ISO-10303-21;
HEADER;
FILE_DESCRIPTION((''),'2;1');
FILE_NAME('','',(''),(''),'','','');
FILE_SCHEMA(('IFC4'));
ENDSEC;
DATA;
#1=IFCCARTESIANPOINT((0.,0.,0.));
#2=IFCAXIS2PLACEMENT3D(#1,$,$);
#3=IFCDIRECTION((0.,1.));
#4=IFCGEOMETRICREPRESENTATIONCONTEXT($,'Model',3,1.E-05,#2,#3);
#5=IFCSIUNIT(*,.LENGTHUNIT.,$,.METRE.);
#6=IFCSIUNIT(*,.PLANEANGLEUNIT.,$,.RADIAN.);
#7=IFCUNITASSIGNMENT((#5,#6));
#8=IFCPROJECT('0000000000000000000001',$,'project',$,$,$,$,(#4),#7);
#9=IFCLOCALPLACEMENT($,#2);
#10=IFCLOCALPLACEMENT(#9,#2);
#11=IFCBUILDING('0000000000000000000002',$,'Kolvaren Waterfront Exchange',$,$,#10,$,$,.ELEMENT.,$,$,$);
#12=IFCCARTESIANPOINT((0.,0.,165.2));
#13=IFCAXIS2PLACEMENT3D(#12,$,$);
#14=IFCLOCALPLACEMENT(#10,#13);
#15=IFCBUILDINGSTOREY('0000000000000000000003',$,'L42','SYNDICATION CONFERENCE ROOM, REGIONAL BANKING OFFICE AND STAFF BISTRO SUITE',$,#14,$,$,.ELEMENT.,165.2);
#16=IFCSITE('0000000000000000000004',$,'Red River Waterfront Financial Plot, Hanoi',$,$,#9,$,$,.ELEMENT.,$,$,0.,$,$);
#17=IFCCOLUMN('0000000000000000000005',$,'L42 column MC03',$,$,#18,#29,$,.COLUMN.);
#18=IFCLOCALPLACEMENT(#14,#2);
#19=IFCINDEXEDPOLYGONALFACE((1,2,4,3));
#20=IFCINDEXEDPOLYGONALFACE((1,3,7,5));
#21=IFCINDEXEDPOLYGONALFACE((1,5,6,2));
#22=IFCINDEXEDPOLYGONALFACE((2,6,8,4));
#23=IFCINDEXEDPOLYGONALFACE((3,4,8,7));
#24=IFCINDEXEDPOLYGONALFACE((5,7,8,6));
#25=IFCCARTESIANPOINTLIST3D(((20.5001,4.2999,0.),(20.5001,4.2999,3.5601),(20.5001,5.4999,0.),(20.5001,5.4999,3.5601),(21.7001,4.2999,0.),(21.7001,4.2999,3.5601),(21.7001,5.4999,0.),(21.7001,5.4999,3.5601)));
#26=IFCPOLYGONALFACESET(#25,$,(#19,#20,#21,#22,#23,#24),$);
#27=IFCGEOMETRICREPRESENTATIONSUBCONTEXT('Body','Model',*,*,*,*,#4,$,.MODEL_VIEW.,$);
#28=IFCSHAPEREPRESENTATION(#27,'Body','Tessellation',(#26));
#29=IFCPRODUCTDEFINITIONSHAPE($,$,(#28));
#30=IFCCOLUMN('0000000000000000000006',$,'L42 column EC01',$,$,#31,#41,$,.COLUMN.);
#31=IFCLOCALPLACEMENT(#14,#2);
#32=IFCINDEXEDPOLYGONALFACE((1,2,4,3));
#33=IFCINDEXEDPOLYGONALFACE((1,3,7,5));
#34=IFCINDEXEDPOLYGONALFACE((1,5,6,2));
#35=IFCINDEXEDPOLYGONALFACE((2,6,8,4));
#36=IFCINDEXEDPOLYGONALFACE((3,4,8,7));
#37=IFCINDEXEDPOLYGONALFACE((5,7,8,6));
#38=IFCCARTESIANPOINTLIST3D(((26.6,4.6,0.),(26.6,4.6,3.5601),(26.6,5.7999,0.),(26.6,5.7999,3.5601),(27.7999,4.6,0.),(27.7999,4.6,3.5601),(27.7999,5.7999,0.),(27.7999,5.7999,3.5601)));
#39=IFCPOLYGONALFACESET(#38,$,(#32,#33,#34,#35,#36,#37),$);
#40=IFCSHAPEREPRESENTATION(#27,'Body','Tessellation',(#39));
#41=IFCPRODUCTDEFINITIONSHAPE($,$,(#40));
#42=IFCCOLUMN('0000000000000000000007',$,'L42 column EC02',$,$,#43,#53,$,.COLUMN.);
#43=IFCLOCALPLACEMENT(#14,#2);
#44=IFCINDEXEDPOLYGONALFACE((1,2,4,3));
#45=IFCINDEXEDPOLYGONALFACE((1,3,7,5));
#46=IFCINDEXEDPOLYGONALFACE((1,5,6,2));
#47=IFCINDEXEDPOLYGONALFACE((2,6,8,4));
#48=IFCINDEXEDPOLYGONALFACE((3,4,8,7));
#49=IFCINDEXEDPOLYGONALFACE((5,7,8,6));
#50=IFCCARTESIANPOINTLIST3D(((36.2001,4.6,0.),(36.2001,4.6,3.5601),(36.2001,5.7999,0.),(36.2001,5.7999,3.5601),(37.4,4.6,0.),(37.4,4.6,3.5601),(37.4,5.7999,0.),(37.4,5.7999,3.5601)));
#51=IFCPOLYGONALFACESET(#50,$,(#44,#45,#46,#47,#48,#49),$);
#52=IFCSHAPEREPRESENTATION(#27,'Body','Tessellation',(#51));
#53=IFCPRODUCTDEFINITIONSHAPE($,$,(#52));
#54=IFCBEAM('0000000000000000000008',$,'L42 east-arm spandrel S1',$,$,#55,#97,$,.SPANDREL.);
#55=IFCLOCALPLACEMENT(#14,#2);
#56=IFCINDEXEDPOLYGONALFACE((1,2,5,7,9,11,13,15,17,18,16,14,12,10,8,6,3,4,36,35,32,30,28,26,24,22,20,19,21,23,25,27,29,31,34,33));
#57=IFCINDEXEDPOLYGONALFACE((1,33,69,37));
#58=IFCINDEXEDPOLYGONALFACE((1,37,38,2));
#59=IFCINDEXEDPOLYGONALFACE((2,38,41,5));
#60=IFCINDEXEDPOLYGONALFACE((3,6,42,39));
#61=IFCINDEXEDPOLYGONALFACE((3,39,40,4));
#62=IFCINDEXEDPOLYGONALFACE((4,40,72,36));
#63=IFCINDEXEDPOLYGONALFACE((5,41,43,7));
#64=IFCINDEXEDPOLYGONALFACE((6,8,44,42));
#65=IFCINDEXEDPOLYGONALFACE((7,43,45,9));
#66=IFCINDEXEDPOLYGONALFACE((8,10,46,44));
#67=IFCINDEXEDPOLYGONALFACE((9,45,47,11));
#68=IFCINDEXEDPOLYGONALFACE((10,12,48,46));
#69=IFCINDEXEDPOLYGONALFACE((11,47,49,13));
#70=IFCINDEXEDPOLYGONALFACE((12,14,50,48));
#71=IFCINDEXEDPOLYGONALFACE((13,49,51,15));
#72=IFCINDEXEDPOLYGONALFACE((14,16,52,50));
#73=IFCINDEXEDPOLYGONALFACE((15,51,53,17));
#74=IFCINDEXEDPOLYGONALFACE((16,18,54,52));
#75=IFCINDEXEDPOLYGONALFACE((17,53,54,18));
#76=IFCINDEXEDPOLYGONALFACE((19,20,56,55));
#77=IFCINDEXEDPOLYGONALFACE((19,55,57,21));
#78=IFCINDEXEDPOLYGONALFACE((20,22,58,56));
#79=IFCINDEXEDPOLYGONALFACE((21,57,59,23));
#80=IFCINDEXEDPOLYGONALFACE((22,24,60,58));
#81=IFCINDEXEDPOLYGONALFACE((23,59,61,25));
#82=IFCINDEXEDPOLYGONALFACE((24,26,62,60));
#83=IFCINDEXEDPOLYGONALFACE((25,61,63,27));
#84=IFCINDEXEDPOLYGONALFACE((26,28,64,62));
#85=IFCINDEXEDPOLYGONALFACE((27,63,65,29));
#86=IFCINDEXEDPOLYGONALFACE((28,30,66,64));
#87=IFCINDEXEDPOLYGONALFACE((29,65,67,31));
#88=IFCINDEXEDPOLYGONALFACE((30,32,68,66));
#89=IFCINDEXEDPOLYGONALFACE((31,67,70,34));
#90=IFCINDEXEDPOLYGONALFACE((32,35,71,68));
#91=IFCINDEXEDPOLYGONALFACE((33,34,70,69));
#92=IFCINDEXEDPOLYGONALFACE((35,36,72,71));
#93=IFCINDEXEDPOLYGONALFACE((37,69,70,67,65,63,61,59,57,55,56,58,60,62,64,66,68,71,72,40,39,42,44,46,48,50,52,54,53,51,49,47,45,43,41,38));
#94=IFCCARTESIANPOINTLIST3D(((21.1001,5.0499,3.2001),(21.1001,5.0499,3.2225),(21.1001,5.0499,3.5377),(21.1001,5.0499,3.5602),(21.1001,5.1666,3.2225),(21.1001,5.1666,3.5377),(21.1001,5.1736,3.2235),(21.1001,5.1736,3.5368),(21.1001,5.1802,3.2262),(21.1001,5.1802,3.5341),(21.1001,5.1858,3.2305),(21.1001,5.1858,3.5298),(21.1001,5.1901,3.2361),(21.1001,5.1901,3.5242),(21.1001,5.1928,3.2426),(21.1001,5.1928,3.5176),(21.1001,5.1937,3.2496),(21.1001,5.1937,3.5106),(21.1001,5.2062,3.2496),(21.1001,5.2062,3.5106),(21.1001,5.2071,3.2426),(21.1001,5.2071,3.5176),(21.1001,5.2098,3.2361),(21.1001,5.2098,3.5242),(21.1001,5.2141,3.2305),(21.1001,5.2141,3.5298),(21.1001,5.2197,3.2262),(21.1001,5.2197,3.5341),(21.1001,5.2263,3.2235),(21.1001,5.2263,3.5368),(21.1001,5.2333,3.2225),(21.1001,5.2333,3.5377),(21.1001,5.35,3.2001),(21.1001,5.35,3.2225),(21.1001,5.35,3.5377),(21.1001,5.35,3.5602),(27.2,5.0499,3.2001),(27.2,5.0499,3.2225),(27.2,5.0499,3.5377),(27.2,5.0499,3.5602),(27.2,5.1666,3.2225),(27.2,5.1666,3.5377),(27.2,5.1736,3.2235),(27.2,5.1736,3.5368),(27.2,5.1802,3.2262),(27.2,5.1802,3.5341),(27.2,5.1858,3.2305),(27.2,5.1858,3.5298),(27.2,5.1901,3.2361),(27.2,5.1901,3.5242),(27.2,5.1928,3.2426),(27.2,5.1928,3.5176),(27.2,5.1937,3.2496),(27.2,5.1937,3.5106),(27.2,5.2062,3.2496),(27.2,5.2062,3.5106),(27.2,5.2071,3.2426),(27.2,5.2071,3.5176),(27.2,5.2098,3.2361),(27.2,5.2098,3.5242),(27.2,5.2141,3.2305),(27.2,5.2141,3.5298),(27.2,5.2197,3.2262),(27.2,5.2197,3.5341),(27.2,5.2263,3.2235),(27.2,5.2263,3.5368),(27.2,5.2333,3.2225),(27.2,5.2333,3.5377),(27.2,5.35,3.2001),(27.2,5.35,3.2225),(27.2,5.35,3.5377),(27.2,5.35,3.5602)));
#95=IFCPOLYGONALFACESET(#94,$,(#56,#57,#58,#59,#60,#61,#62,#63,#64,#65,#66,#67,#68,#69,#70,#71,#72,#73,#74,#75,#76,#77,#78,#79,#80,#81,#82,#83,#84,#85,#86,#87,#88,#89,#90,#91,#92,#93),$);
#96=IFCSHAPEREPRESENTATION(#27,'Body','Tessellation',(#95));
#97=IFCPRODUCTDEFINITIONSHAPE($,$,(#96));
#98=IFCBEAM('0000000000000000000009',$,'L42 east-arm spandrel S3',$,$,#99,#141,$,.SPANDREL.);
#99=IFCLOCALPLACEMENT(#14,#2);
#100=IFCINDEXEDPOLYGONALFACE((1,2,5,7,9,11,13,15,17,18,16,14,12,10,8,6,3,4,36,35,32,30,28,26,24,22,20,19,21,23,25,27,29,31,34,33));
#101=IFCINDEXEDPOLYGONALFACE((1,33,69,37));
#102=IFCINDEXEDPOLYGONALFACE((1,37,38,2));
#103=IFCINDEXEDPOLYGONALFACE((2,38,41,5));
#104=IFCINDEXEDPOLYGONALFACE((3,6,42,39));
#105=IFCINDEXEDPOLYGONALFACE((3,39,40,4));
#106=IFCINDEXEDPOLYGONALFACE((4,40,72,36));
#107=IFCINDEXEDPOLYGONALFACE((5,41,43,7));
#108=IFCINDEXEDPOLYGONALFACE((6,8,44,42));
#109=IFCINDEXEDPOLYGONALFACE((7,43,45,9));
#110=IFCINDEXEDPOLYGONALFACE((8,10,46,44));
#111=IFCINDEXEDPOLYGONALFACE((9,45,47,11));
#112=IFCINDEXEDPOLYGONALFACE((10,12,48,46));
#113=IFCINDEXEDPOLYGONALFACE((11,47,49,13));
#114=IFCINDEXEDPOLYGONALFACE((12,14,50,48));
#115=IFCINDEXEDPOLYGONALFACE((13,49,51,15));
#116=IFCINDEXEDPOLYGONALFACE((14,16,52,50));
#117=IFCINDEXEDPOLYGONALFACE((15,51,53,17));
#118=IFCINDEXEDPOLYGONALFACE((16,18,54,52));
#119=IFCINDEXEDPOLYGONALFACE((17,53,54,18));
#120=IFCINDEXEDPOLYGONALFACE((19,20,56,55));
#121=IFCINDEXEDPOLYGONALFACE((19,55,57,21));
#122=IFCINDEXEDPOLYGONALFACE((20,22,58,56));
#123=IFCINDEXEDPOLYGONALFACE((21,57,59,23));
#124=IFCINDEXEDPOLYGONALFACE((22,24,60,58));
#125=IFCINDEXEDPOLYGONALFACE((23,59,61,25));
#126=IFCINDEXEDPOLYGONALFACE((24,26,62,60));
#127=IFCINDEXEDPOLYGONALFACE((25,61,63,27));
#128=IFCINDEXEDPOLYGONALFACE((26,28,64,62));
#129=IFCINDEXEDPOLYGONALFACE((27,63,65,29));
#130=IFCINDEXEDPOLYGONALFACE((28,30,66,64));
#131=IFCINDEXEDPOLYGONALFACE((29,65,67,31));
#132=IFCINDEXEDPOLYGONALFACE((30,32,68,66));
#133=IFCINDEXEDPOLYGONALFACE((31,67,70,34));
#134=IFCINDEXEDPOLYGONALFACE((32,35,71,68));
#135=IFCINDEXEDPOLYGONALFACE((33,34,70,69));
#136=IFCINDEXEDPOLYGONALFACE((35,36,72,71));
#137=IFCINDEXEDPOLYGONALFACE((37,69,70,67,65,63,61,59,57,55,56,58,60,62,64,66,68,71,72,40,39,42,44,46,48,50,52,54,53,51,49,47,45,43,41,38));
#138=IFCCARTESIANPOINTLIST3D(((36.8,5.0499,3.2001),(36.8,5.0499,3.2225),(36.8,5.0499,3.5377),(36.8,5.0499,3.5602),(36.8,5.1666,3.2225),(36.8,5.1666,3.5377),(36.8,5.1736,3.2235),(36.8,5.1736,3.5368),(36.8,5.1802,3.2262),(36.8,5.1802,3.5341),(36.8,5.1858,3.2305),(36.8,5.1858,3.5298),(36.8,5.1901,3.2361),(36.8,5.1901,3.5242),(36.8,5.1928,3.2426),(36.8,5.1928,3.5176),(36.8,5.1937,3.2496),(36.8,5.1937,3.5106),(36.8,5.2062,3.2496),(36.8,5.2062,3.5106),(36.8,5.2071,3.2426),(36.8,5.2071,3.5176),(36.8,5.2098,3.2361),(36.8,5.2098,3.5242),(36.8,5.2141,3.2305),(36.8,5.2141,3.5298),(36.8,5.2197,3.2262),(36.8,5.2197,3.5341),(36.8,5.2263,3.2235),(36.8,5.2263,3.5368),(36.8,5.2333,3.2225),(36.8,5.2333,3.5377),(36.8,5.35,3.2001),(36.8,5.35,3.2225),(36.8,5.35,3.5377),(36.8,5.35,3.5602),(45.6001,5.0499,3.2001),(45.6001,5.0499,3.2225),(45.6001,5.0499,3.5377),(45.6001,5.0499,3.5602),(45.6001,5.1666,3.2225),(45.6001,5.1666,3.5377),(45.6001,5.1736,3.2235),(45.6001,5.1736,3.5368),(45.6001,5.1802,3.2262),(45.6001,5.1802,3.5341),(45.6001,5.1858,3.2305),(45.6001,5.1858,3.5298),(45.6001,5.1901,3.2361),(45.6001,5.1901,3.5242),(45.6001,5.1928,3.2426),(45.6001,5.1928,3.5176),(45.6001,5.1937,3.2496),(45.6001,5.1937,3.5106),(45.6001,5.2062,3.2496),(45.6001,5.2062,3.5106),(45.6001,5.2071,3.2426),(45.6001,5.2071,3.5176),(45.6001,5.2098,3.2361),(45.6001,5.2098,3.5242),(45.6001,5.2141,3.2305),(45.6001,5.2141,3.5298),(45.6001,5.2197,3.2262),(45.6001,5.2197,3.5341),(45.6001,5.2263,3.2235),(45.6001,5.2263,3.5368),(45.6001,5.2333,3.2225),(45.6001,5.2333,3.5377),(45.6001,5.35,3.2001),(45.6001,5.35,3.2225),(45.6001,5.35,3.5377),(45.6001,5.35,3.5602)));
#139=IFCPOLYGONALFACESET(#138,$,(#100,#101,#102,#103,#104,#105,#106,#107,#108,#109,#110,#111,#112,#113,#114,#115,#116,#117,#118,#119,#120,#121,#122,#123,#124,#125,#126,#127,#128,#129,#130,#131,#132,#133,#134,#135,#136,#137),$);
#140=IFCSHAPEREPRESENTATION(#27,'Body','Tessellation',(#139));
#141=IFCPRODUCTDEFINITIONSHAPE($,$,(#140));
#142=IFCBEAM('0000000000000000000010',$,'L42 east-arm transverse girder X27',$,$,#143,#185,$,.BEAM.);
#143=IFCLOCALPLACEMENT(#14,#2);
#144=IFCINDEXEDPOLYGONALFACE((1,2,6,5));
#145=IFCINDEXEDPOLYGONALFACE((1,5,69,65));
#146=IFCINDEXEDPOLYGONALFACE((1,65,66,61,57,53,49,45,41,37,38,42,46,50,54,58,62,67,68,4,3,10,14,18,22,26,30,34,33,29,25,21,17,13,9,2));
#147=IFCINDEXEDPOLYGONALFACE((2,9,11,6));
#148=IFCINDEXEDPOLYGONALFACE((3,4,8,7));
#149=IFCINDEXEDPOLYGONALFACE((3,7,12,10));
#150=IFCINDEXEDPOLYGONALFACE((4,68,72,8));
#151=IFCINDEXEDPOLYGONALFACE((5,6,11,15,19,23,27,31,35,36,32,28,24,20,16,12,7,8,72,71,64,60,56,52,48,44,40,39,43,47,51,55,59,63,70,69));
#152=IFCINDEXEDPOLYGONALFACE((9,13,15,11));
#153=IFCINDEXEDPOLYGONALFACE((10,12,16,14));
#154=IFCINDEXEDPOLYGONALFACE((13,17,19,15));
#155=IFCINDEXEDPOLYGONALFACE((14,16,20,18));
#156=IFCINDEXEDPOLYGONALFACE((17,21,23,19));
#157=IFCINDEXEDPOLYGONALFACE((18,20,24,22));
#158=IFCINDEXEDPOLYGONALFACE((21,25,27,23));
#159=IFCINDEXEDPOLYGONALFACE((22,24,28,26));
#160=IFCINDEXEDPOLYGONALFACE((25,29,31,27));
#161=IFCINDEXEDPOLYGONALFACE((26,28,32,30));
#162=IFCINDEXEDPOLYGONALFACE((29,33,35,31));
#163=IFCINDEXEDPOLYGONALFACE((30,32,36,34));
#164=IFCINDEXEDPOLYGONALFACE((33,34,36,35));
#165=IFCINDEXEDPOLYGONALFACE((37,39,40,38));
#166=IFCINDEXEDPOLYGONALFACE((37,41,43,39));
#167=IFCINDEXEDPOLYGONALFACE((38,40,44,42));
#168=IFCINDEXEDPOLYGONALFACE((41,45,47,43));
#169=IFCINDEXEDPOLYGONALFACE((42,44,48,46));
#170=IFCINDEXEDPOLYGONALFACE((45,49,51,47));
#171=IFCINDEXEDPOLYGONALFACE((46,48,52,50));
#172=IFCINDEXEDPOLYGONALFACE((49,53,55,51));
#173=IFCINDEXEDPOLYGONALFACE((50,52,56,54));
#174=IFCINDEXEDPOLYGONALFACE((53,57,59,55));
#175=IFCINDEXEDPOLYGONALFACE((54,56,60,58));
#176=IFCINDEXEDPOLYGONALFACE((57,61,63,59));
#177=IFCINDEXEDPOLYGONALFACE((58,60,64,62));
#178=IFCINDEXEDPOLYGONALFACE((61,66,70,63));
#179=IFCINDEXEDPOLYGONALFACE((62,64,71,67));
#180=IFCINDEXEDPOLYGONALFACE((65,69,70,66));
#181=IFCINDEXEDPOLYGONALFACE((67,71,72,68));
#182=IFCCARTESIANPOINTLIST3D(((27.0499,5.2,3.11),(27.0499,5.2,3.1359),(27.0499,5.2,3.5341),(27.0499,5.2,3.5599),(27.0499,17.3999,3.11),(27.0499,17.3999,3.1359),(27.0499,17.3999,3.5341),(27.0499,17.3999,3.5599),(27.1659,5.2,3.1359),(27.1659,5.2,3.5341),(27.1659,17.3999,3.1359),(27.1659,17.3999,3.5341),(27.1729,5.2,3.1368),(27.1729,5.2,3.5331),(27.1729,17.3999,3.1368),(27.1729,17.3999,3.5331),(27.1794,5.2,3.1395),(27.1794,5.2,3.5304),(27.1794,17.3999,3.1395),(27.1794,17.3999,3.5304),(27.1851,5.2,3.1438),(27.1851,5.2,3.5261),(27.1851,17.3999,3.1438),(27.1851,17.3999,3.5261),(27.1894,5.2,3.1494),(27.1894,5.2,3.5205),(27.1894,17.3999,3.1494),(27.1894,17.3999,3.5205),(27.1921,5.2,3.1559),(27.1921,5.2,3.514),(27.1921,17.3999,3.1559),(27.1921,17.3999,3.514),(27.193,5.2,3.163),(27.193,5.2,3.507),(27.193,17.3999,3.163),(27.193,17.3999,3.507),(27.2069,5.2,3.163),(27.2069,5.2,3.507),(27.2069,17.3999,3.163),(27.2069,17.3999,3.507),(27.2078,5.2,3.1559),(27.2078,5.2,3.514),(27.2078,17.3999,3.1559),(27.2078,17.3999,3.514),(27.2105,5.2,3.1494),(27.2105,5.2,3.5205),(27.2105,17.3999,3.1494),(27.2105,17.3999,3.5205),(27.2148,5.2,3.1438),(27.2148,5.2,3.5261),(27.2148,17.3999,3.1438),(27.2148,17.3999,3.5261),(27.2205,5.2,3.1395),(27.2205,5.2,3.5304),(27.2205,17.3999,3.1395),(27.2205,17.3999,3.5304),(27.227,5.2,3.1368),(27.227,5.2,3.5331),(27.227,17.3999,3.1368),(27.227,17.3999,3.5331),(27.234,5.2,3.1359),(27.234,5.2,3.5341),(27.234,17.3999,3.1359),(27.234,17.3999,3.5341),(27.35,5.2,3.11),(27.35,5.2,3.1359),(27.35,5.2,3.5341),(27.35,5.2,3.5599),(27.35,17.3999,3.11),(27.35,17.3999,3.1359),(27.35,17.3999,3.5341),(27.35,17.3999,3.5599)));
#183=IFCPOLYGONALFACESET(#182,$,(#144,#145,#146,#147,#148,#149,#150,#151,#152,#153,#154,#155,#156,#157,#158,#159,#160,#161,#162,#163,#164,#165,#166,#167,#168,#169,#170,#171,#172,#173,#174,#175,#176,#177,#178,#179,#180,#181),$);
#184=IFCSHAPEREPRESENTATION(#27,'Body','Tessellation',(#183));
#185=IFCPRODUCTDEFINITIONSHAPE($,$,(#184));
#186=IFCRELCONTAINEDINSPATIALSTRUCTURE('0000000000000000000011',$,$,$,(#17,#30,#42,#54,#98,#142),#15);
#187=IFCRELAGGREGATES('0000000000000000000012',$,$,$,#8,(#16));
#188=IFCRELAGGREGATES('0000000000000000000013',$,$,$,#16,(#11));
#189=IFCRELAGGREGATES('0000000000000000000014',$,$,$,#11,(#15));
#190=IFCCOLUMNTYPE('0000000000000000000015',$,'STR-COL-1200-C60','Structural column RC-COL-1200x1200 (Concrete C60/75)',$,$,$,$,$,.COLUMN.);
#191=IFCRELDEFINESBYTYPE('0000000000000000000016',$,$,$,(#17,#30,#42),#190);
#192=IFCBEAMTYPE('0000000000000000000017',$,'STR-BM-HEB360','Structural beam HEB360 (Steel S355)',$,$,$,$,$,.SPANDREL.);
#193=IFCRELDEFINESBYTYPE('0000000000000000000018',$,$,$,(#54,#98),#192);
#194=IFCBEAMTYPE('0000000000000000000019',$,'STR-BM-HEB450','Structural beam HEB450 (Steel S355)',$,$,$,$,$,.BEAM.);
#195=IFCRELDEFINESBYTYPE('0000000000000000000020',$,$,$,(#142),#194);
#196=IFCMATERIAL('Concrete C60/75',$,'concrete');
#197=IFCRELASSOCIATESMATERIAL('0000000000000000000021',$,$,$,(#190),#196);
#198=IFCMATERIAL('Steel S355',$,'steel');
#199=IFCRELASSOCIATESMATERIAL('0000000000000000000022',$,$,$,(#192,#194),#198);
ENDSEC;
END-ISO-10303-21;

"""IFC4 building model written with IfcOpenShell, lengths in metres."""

from ifc_helpers import new_model, si_unit, direction, frame, origin, origin_2d, place, context, subcontext, project, spatial, rectangle, i_section, extrude, material, material_profile, profile_set, type_object, element, save


model = new_model("IFC4")

# Units and contexts
model_context = context("Model", 3, precision=1e-05, world=origin(), true_north=direction((0.0, 1.0)))
body_context = subcontext(model_context, "Body", "Model", "MODEL_VIEW")
ifc_project = project(units=[si_unit("LENGTHUNIT", "METRE"), si_unit("PLANEANGLEUNIT", "RADIAN")], contexts=[model_context])

# Site, building, storey
site_placement = place(None, origin())
site = spatial("IfcSite", under=ifc_project, at=site_placement, Name="Red River Waterfront Financial Plot, Hanoi", CompositionType="ELEMENT", RefElevation=0.0)
building_placement = place(site_placement, origin())
building = spatial("IfcBuilding", under=site, at=building_placement, Name="Kolvaren Waterfront Exchange", CompositionType="ELEMENT")
storey_placement = place(building_placement, frame((0.0, 0.0, 165.2)))
storey = spatial("IfcBuildingStorey", under=building, at=storey_placement, Name="L42", Description="SYNDICATION CONFERENCE ROOM, REGIONAL BANKING OFFICE AND STAFF BISTRO SUITE", CompositionType="ELEMENT", Elevation=165.2)

# Columns
ifc_material_1 = material(Name="Concrete C60/75", Category="concrete")
ifc_material_profile_1 = material_profile(ifc_material_1, rectangle(XDim=1.2, YDim=1.2, at=origin_2d()), Name="RC-COL-1200x1200")
ifc_profile_set_1 = profile_set([ifc_material_profile_1], Name="Concrete C60/75")
column_type = type_object("IfcColumnType", Name="STR-COL-1200-C60", Description="Structural column RC-COL-1200x1200 (Concrete C60/75)", PredefinedType="COLUMN", material=ifc_profile_set_1)
for number, where, z_axis, x_axis, name in (
    (1, (21.1001, 4.8999, 0.0), (0.0, 0.0, 1.0), (1.0, 0.0, 0.0), "L42 column MC03"),
    (2, (27.2, 5.2, 0.0), (0.0, 0.0, 1.0), (1.0, 0.0, 0.0), "L42 column EC01"),
    (3, (36.8, 5.2, 0.0), (0.0, 0.0, 1.0), (1.0, 0.0, 0.0), "L42 column EC02"),
):
    element("IfcColumn", number, at=place(storey_placement, frame(where, z_axis=z_axis, x_axis=x_axis)), inside=storey, type_object=column_type, Name=name, PredefinedType="COLUMN", context=body_context, shape_type="SweptSolid", body=[
        extrude(rectangle(XDim=1.2, YDim=1.2, at=origin_2d()), origin(), (0.0, 0.0, 1.0), 3.5601),
    ])

# Beams
ifc_material_2 = material(Name="Steel S355", Category="steel")
ifc_material_profile_2 = material_profile(ifc_material_2, i_section(OverallWidth=0.3, OverallDepth=0.3601, WebThickness=0.0125, FlangeThickness=0.0225, FilletRadius=0.0271, at=origin_2d()), Name="HEB360")
ifc_profile_set_2 = profile_set([ifc_material_profile_2], Name="Steel S355")
beam_type_1 = type_object("IfcBeamType", Name="STR-BM-HEB360", Description="Structural beam HEB360 (Steel S355)", PredefinedType="SPANDREL", material=ifc_profile_set_2)
beam_1_placement = place(storey_placement, frame((21.1001, 5.2, 3.3801), z_axis=(1.0, 0.0, 0.0), x_axis=(0.0, 1.0, 0.0)))
element("IfcBeam", 4, at=beam_1_placement, inside=storey, type_object=beam_type_1, Name="L42 east-arm spandrel S1", PredefinedType="SPANDREL", context=body_context, shape_type="SweptSolid", body=[
    extrude(i_section(OverallWidth=0.3, OverallDepth=0.3601, WebThickness=0.0125, FlangeThickness=0.0225, FilletRadius=0.0271, at=origin_2d()), origin(), (0.0, 0.0, 1.0), 6.0999),
])
beam_2_placement = place(storey_placement, frame((36.8, 5.2, 3.3801), z_axis=(1.0, 0.0, 0.0), x_axis=(0.0, 1.0, 0.0)))
element("IfcBeam", 5, at=beam_2_placement, inside=storey, type_object=beam_type_1, Name="L42 east-arm spandrel S3", PredefinedType="SPANDREL", context=body_context, shape_type="SweptSolid", body=[
    extrude(i_section(OverallWidth=0.3, OverallDepth=0.3601, WebThickness=0.0125, FlangeThickness=0.0225, FilletRadius=0.0271, at=origin_2d()), origin(), (0.0, 0.0, 1.0), 8.8),
])
ifc_material_profile_3 = material_profile(ifc_material_2, i_section(OverallWidth=0.3, OverallDepth=0.45, WebThickness=0.0139, FlangeThickness=0.0259, FilletRadius=0.0271, at=origin_2d()), Name="HEB450")
ifc_profile_set_3 = profile_set([ifc_material_profile_3], Name="Steel S355")
beam_type_2 = type_object("IfcBeamType", Name="STR-BM-HEB450", Description="Structural beam HEB450 (Steel S355)", PredefinedType="BEAM", material=ifc_profile_set_3)
for number, where, z_axis, x_axis, name in (
    (6, (27.2, 5.2, 3.335), (0.0, 1.0, 0.0), (-1.0, 0.0, 0.0), "L42 east-arm transverse girder X27"),
):
    element("IfcBeam", number, at=place(storey_placement, frame(where, z_axis=z_axis, x_axis=x_axis)), inside=storey, type_object=beam_type_2, Name=name, PredefinedType="BEAM", context=body_context, shape_type="SweptSolid", body=[
        extrude(i_section(OverallWidth=0.3, OverallDepth=0.45, WebThickness=0.0139, FlangeThickness=0.0259, FilletRadius=0.0271, at=origin_2d()), origin(), (0.0, 0.0, 1.0), 12.2),
    ])

save(model, "model.ifc")
